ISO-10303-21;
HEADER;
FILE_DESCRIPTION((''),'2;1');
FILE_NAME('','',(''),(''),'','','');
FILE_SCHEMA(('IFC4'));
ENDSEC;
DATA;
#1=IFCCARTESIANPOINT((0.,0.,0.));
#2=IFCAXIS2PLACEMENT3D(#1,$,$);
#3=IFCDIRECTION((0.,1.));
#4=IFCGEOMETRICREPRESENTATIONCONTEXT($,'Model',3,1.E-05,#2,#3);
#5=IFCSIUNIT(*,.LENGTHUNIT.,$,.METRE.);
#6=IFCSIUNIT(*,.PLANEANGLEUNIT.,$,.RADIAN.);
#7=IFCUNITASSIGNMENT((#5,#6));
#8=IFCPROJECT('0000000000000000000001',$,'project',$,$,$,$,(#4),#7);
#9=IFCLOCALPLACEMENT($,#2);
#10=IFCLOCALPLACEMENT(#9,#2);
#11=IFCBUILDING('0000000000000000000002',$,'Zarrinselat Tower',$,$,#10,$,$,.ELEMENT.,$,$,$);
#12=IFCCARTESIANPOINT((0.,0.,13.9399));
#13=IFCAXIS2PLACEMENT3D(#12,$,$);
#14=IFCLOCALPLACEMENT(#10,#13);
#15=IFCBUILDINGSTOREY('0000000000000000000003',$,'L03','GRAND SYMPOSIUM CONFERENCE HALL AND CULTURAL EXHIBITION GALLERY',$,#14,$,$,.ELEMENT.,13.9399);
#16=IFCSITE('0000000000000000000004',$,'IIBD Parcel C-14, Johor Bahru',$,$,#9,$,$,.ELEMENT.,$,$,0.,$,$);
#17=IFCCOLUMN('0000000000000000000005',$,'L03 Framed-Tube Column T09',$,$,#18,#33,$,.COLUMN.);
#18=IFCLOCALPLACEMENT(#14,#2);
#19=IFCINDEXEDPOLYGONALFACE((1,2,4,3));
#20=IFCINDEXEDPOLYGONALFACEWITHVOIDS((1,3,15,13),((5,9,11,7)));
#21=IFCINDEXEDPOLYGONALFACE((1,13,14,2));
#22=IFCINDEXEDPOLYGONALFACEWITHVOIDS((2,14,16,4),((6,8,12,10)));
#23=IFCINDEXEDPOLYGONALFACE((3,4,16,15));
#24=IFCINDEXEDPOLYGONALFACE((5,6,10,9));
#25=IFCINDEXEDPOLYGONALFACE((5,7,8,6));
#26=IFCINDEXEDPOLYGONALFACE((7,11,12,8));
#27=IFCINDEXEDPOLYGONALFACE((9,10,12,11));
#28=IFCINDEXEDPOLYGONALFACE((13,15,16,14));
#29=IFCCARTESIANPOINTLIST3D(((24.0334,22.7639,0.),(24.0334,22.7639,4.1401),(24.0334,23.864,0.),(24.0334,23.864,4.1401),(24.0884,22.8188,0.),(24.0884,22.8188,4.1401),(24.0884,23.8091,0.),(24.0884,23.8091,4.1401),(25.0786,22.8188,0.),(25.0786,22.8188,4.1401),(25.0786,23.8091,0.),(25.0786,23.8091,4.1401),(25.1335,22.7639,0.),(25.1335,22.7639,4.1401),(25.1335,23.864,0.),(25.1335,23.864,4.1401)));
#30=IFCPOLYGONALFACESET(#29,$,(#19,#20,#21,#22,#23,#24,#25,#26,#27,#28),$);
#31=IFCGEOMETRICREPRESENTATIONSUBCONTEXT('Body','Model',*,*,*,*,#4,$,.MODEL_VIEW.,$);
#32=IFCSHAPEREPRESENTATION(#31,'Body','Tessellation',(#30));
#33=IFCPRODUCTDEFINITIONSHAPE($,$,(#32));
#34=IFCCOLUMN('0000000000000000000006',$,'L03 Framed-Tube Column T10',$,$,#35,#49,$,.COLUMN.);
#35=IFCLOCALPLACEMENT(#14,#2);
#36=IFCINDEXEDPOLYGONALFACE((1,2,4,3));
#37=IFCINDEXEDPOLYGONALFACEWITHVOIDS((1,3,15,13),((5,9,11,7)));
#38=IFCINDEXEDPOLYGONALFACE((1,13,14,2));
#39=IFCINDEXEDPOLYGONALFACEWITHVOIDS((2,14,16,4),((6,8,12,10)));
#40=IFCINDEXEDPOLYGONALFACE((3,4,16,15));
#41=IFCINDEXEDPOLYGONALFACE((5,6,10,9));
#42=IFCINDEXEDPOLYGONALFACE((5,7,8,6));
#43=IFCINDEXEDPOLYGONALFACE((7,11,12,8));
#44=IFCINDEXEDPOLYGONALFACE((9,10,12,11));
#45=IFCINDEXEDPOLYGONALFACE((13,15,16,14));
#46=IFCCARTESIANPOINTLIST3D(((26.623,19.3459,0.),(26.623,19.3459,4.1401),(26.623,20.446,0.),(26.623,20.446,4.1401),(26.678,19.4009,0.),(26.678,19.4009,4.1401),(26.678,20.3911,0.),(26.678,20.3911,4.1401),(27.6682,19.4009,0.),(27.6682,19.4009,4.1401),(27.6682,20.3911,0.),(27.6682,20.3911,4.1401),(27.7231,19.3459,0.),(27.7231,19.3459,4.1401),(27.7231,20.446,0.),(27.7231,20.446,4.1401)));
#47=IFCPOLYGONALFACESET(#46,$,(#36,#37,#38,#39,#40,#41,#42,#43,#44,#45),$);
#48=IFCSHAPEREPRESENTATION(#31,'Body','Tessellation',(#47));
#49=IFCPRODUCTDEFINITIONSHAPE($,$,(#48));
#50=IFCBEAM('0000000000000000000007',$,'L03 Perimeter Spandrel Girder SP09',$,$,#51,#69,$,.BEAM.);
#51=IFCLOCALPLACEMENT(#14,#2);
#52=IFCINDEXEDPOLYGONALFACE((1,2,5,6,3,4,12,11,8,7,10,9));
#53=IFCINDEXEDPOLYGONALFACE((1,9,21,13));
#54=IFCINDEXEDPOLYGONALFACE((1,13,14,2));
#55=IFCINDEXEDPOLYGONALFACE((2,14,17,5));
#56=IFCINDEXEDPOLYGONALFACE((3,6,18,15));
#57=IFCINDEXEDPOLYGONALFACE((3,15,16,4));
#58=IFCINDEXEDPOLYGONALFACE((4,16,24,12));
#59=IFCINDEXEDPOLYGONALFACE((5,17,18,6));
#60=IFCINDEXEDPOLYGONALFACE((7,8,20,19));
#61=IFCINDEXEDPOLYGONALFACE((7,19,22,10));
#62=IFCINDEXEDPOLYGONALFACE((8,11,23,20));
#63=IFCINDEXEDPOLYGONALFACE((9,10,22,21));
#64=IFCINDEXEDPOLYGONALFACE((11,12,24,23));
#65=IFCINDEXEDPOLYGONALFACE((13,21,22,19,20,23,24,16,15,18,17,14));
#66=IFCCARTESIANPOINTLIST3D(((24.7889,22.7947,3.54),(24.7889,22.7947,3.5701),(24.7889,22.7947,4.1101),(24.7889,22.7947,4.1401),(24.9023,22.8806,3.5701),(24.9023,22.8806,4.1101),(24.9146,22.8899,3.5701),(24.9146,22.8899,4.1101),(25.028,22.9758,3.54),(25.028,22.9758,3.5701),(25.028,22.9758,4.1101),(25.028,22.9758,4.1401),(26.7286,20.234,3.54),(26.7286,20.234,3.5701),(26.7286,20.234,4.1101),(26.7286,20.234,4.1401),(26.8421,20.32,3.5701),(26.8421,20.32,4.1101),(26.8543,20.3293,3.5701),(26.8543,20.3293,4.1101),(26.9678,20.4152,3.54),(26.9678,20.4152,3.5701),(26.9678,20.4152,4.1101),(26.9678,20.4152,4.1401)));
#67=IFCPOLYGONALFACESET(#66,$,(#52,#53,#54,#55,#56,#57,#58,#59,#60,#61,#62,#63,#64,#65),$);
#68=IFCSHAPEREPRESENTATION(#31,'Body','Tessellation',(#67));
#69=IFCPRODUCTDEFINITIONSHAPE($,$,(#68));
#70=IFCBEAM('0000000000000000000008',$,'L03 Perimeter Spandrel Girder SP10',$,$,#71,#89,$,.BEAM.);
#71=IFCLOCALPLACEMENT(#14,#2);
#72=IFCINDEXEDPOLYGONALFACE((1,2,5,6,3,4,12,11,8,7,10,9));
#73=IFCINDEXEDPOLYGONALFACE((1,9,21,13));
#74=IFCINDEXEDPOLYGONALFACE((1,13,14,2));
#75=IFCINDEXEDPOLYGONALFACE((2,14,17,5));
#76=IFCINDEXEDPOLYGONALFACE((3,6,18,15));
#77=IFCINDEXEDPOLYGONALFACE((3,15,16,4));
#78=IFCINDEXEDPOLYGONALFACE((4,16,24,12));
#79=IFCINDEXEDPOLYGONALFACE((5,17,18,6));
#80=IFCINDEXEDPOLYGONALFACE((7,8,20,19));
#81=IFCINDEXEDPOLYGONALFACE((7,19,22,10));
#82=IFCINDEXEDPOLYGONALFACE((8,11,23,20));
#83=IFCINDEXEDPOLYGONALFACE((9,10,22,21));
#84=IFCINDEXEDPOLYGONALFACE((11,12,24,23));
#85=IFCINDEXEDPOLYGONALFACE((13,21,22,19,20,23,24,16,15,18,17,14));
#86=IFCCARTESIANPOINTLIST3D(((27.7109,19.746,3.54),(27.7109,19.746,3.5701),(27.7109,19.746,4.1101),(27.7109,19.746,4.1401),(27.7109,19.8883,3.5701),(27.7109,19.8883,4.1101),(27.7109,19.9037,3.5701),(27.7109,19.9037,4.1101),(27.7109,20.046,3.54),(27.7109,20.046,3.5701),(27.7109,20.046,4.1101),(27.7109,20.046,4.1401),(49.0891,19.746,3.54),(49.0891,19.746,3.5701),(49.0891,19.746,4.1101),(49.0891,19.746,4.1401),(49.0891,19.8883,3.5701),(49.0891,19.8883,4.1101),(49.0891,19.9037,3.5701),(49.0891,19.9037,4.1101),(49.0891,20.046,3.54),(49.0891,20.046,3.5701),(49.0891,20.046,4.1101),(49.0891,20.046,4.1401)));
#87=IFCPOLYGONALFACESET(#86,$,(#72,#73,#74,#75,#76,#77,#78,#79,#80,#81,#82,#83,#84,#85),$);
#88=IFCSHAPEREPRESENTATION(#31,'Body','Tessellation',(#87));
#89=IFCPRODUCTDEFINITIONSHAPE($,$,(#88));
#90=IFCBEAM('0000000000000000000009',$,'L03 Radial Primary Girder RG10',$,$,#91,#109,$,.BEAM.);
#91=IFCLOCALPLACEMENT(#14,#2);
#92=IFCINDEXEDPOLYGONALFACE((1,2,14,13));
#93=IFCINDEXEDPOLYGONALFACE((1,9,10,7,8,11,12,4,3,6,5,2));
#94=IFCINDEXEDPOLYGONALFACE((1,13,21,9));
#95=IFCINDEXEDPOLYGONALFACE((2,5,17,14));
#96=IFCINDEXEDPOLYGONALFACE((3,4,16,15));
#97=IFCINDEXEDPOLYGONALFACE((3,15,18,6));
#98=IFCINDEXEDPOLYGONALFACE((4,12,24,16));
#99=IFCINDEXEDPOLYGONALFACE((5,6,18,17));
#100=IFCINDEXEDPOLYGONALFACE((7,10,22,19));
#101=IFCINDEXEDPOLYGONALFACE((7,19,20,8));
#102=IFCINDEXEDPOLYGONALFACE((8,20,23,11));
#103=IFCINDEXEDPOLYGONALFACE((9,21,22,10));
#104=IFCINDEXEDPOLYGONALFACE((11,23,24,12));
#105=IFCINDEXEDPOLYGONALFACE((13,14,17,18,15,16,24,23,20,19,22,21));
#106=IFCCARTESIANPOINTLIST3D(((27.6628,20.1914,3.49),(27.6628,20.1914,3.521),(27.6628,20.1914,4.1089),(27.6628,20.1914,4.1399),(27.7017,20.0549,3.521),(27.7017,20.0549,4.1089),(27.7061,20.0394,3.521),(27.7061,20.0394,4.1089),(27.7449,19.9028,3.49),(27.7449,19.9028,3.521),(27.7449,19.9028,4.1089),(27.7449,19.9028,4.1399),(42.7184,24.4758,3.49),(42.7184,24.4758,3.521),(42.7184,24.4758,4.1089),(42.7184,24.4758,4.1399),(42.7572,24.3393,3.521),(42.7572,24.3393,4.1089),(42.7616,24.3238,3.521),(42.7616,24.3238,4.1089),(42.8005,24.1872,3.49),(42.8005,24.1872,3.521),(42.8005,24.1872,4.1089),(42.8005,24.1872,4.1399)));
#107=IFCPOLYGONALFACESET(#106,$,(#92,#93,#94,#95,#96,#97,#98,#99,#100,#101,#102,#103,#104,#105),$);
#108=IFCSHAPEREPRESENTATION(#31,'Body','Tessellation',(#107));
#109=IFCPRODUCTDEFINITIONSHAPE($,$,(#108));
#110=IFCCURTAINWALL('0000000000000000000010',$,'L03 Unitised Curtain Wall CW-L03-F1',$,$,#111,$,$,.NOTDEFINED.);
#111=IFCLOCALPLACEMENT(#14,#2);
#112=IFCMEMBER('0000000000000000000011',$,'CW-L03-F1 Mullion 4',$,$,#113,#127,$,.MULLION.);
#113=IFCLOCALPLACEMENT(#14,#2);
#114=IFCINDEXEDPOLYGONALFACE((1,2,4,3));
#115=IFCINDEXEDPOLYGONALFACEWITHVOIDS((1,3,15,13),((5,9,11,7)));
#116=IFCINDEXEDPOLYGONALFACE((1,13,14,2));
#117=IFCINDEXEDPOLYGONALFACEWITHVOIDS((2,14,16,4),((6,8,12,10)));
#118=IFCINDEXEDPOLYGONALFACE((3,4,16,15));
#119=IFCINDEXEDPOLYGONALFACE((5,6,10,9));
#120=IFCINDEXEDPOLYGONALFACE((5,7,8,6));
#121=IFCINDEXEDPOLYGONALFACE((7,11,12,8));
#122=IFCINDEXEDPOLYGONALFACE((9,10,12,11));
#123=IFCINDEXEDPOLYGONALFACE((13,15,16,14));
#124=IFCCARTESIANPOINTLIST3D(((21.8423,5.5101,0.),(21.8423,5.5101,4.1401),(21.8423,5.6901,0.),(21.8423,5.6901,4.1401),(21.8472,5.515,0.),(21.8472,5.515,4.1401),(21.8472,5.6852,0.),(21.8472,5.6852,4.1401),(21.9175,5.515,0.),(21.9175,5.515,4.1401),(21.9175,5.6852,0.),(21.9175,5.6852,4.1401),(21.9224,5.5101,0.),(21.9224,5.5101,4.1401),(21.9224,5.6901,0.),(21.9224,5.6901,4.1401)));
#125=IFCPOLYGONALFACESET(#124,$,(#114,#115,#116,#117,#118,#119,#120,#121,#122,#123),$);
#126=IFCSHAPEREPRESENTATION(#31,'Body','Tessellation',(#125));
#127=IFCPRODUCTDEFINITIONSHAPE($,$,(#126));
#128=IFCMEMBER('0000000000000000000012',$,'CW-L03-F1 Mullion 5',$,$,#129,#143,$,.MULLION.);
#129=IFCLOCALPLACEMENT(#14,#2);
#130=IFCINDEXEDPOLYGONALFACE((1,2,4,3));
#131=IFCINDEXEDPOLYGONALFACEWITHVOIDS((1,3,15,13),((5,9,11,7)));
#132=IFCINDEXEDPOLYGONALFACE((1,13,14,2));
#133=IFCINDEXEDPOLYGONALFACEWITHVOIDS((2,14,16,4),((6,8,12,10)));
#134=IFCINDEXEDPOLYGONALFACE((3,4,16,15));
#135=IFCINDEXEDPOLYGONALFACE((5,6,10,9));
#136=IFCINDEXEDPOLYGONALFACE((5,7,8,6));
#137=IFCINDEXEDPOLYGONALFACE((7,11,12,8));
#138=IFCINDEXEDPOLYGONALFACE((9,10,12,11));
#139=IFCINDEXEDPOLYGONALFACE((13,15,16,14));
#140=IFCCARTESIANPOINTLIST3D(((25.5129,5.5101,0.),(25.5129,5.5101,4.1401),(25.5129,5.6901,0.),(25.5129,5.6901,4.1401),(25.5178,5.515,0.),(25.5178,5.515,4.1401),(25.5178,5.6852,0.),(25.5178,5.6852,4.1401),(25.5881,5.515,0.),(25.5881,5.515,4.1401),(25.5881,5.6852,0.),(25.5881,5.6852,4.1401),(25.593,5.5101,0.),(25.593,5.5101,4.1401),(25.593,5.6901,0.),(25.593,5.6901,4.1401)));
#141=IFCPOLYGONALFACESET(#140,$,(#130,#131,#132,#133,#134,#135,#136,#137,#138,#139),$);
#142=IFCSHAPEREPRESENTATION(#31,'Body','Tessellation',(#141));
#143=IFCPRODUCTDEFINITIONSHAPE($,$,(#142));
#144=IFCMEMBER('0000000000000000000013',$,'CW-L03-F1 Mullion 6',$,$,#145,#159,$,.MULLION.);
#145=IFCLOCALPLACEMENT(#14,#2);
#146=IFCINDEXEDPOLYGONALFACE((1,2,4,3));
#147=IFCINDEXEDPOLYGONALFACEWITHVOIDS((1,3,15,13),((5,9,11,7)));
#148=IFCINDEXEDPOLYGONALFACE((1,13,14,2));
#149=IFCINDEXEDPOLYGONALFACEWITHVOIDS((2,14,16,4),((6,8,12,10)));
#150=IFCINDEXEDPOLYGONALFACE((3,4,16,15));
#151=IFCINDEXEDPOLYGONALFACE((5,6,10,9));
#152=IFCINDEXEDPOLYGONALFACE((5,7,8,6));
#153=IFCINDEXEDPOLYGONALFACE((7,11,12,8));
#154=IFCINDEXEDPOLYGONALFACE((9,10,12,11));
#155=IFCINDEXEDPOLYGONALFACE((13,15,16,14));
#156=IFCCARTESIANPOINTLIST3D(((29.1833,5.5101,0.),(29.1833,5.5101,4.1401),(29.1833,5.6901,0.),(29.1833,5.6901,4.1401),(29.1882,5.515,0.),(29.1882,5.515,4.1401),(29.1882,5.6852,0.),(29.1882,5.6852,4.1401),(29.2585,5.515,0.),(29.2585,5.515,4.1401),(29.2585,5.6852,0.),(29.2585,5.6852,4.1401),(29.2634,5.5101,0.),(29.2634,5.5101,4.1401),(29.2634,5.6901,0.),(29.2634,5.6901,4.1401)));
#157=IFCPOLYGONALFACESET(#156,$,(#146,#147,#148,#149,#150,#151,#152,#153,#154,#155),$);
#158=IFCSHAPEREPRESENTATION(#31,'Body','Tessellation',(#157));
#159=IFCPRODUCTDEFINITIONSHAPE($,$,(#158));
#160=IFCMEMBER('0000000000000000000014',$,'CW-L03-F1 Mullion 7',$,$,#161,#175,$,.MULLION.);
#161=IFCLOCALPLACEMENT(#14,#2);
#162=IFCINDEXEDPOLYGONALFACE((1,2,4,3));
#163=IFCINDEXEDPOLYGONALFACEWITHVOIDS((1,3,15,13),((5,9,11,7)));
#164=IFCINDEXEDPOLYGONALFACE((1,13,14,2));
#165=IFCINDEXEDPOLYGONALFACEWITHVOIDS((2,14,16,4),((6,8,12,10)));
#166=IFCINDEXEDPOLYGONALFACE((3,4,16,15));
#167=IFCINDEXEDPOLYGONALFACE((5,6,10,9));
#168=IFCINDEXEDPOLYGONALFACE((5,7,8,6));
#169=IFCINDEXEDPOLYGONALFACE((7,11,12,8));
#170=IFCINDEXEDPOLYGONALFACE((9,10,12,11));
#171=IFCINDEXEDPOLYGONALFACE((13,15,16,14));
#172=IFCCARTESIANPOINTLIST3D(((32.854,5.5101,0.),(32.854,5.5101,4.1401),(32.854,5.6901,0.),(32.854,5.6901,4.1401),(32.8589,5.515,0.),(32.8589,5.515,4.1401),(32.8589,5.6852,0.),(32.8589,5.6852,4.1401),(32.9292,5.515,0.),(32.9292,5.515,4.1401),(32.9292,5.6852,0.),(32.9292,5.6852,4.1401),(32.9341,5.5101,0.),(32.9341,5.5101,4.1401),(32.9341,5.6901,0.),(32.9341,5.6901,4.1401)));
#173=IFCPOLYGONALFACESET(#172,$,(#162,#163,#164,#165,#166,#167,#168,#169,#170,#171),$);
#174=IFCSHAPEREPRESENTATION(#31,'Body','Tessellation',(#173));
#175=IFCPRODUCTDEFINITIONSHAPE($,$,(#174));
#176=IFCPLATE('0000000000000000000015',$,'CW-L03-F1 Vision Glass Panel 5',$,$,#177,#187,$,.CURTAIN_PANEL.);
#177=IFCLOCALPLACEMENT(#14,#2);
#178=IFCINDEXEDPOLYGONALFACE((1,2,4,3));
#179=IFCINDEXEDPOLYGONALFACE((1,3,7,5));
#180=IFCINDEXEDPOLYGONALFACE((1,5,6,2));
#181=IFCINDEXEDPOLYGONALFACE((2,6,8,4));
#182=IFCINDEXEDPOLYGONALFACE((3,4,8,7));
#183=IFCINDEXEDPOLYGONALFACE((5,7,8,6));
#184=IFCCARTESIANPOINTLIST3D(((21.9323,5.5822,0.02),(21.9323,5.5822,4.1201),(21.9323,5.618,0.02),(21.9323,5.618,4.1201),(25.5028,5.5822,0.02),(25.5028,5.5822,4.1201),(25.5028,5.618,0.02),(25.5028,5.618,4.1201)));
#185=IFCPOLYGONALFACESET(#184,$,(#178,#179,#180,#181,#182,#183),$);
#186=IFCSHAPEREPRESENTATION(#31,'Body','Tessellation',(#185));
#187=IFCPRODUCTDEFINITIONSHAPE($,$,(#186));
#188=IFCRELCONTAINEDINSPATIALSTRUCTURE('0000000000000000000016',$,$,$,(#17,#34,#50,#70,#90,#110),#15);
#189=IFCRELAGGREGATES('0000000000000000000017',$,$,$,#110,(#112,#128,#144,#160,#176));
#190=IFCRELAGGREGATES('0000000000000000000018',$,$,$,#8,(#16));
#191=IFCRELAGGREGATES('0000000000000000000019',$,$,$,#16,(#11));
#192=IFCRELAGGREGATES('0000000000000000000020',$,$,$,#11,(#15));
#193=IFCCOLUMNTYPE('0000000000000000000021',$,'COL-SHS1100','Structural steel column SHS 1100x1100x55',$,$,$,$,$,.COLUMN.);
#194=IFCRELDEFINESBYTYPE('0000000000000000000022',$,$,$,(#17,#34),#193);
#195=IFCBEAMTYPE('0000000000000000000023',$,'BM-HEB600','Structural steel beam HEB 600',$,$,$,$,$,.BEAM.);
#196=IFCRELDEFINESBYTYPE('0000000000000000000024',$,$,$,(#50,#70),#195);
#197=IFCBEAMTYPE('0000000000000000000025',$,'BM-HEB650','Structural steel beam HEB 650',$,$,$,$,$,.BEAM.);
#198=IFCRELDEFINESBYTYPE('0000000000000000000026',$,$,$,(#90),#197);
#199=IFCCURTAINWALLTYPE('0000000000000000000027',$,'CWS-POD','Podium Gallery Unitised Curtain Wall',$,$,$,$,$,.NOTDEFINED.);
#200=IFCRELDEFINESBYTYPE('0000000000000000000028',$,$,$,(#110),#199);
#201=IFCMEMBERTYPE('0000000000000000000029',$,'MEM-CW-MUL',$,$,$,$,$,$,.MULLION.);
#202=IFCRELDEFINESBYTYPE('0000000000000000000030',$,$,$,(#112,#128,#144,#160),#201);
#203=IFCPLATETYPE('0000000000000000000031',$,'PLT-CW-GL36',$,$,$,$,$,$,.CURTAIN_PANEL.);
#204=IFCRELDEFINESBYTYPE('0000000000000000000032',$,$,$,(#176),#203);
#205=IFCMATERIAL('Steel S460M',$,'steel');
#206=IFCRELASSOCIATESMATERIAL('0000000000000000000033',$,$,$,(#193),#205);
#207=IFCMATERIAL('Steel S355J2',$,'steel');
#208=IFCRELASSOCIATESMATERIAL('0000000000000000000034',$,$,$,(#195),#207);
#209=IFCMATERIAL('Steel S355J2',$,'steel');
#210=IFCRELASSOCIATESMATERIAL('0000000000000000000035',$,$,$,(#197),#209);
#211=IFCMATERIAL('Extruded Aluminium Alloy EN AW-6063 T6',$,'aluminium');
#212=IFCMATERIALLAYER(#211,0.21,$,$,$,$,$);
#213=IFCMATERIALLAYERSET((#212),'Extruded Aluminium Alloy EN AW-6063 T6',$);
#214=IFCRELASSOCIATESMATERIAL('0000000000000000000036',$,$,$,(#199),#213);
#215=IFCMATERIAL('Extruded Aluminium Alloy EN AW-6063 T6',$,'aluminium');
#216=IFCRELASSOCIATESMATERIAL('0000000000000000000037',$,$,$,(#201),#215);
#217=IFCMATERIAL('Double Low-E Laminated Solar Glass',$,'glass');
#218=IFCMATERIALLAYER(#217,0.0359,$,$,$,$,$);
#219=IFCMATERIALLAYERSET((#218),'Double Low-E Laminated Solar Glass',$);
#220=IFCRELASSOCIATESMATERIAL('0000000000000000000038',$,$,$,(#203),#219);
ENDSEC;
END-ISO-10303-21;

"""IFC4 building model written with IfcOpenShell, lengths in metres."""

from ifc_helpers import new_model, si_unit, direction, frame, origin, origin_2d, place, context, subcontext, project, spatial, rectangle, hollow_rectangle, i_section, extrude, material, layer, layer_set, material_profile, profile_set, type_object, element, aggregate, save


model = new_model("IFC4")

# Units and contexts
model_context = context("Model", 3, precision=1e-05, world=origin(), true_north=direction((0.0, 1.0)))
body_context = subcontext(model_context, "Body", "Model", "MODEL_VIEW")
ifc_project = project(units=[si_unit("LENGTHUNIT", "METRE"), si_unit("PLANEANGLEUNIT", "RADIAN")], contexts=[model_context])

# Site, building, storey
site_placement = place(None, origin())
site = spatial("IfcSite", under=ifc_project, at=site_placement, Name="IIBD Parcel C-14, Johor Bahru", CompositionType="ELEMENT", RefElevation=0.0)
building_placement = place(site_placement, origin())
building = spatial("IfcBuilding", under=site, at=building_placement, Name="Zarrinselat Tower", CompositionType="ELEMENT")
storey_placement = place(building_placement, frame((0.0, 0.0, 13.9399)))
storey = spatial("IfcBuildingStorey", under=building, at=storey_placement, Name="L03", Description="GRAND SYMPOSIUM CONFERENCE HALL AND CULTURAL EXHIBITION GALLERY", CompositionType="ELEMENT", Elevation=13.9399)

# Columns
ifc_material_1 = material(Name="Steel S460M", Category="steel")
ifc_material_profile_1 = material_profile(ifc_material_1, hollow_rectangle(XDim=1.1001, YDim=1.1001, WallThickness=0.0549, at=origin_2d()), Name="SHS 1100x1100x55")
ifc_profile_set_1 = profile_set([ifc_material_profile_1], Name="Steel S460M")
column_type = type_object("IfcColumnType", Name="COL-SHS1100", Description="Structural steel column SHS 1100x1100x55", PredefinedType="COLUMN", material=ifc_profile_set_1)
for number, where, z_axis, x_axis, name in (
    (1, (24.5835, 23.314, 0.0), (0.0, 0.0, 1.0), (1.0, 0.0, 0.0), "L03 Framed-Tube Column T09"),
    (2, (27.1731, 19.896, 0.0), (0.0, 0.0, 1.0), (1.0, 0.0, 0.0), "L03 Framed-Tube Column T10"),
):
    element("IfcColumn", number, at=place(storey_placement, frame(where, z_axis=z_axis, x_axis=x_axis)), inside=storey, type_object=column_type, Name=name, PredefinedType="COLUMN", context=body_context, shape_type="SweptSolid", body=[
        extrude(hollow_rectangle(XDim=1.1001, YDim=1.1001, WallThickness=0.0549, at=origin_2d()), origin(), (0.0, 0.0, 1.0), 4.1401),
    ])

# Beams
ifc_material_2 = material(Name="Steel S355J2", Category="steel")
ifc_material_profile_2 = material_profile(ifc_material_2, i_section(OverallWidth=0.3, OverallDepth=0.6001, WebThickness=0.0154, FlangeThickness=0.03, at=origin_2d()), Name="HEB 600")
ifc_profile_set_2 = profile_set([ifc_material_profile_2], Name="Steel S355J2")
beam_type_1 = type_object("IfcBeamType", Name="BM-HEB600", Description="Structural steel beam HEB 600", PredefinedType="BEAM", material=ifc_profile_set_2)
beam_1_placement = place(storey_placement, frame((24.9084, 22.8853, 3.8401), z_axis=(0.603836, -0.797109, 0.0), x_axis=(0.797109, 0.603836, 0.0)))
element("IfcBeam", 3, at=beam_1_placement, inside=storey, type_object=beam_type_1, Name="L03 Perimeter Spandrel Girder SP09", PredefinedType="BEAM", context=body_context, shape_type="SweptSolid", body=[
    extrude(i_section(OverallWidth=0.3, OverallDepth=0.6001, WebThickness=0.0154, FlangeThickness=0.03, at=origin_2d()), origin(), (0.0, 0.0, 1.0), 3.2124),
])
beam_2_placement = place(storey_placement, frame((27.7109, 19.896, 3.8401), z_axis=(1.0, 0.0, 0.0), x_axis=(0.0, 1.0, 0.0)))
element("IfcBeam", 4, at=beam_2_placement, inside=storey, type_object=beam_type_1, Name="L03 Perimeter Spandrel Girder SP10", PredefinedType="BEAM", context=body_context, shape_type="SweptSolid", body=[
    extrude(i_section(OverallWidth=0.3, OverallDepth=0.6001, WebThickness=0.0154, FlangeThickness=0.03, at=origin_2d()), origin(), (0.0, 0.0, 1.0), 21.3782),
])
ifc_material_3 = material(Name="Steel S355J2", Category="steel")
ifc_material_profile_3 = material_profile(ifc_material_3, i_section(OverallWidth=0.3, OverallDepth=0.6499, WebThickness=0.0161, FlangeThickness=0.031, at=origin_2d()), Name="HEB 650")
ifc_profile_set_3 = profile_set([ifc_material_profile_3], Name="Steel S355J2")
beam_type_2 = type_object("IfcBeamType", Name="BM-HEB650", Description="Structural steel beam HEB 650", PredefinedType="BEAM", material=ifc_profile_set_3)
beam_3_placement = place(storey_placement, frame((27.7039, 20.0471, 3.8149), z_axis=(0.961814, 0.273705, 0.0), x_axis=(-0.273705, 0.961814, 0.0)))
element("IfcBeam", 5, at=beam_3_placement, inside=storey, type_object=beam_type_2, Name="L03 Radial Primary Girder RG10", PredefinedType="BEAM", context=body_context, shape_type="SweptSolid", body=[
    extrude(i_section(OverallWidth=0.3, OverallDepth=0.6499, WebThickness=0.0161, FlangeThickness=0.031, at=origin_2d()), origin(), (0.0, 0.0, 1.0), 15.6533),
])

# Curtain wall, members, plate
ifc_material_4 = material(Name="Extruded Aluminium Alloy EN AW-6063 T6", Category="aluminium")
ifc_layer_1 = layer(ifc_material_4, 0.21)
ifc_layer_set_1 = layer_set([ifc_layer_1], Name="Extruded Aluminium Alloy EN AW-6063 T6")
curtain_wall_type = type_object("IfcCurtainWallType", Name="CWS-POD", Description="Podium Gallery Unitised Curtain Wall", PredefinedType="NOTDEFINED", material=ifc_layer_set_1)
curtain_wall_placement = place(storey_placement, origin())
curtain_wall = element("IfcCurtainWall", 6, at=curtain_wall_placement, inside=storey, type_object=curtain_wall_type, Name="L03 Unitised Curtain Wall CW-L03-F1", PredefinedType="NOTDEFINED")
ifc_material_5 = material(Name="Extruded Aluminium Alloy EN AW-6063 T6", Category="aluminium")
ifc_material_profile_4 = material_profile(ifc_material_5, hollow_rectangle(XDim=0.0801, YDim=0.1799, WallThickness=0.0049, at=origin_2d()), Name="RHS 180x80x5")
ifc_profile_set_4 = profile_set([ifc_material_profile_4], Name="Extruded Aluminium Alloy EN AW-6063 T6")
member_type = type_object("IfcMemberType", Name="MEM-CW-MUL", PredefinedType="MULLION", material=ifc_profile_set_4)
member_1_placement = place(storey_placement, frame((21.8823, 5.6001, 0.0), z_axis=(0.0, 0.0, 1.0), x_axis=(1.0, 0.0, 0.0)))
member_1 = element("IfcMember", 7, at=member_1_placement, type_object=member_type, Name="CW-L03-F1 Mullion 4", PredefinedType="MULLION", context=body_context, shape_type="SweptSolid", body=[
    extrude(hollow_rectangle(XDim=0.0801, YDim=0.1799, WallThickness=0.0049, at=origin_2d()), origin(), (0.0, 0.0, 1.0), 4.1401),
])
member_2_placement = place(storey_placement, frame((25.553, 5.6001, 0.0), z_axis=(0.0, 0.0, 1.0), x_axis=(1.0, 0.0, 0.0)))
member_2 = element("IfcMember", 8, at=member_2_placement, type_object=member_type, Name="CW-L03-F1 Mullion 5", PredefinedType="MULLION", context=body_context, shape_type="SweptSolid", body=[
    extrude(hollow_rectangle(XDim=0.0801, YDim=0.1799, WallThickness=0.0049, at=origin_2d()), origin(), (0.0, 0.0, 1.0), 4.1401),
])
member_3_placement = place(storey_placement, frame((29.2234, 5.6001, 0.0), z_axis=(0.0, 0.0, 1.0), x_axis=(1.0, 0.0, 0.0)))
member_3 = element("IfcMember", 9, at=member_3_placement, type_object=member_type, Name="CW-L03-F1 Mullion 6", PredefinedType="MULLION", context=body_context, shape_type="SweptSolid", body=[
    extrude(hollow_rectangle(XDim=0.0801, YDim=0.1799, WallThickness=0.0049, at=origin_2d()), origin(), (0.0, 0.0, 1.0), 4.1401),
])
member_4_placement = place(storey_placement, frame((32.894, 5.6001, 0.0), z_axis=(0.0, 0.0, 1.0), x_axis=(1.0, 0.0, 0.0)))
member_4 = element("IfcMember", 10, at=member_4_placement, type_object=member_type, Name="CW-L03-F1 Mullion 7", PredefinedType="MULLION", context=body_context, shape_type="SweptSolid", body=[
    extrude(hollow_rectangle(XDim=0.0801, YDim=0.1799, WallThickness=0.0049, at=origin_2d()), origin(), (0.0, 0.0, 1.0), 4.1401),
])
ifc_material_6 = material(Name="Double Low-E Laminated Solar Glass", Category="glass")
ifc_layer_2 = layer(ifc_material_6, 0.0359)
ifc_layer_set_2 = layer_set([ifc_layer_2], Name="Double Low-E Laminated Solar Glass")
plate_type = type_object("IfcPlateType", Name="PLT-CW-GL36", PredefinedType="CURTAIN_PANEL", material=ifc_layer_set_2)
plate_1_placement = place(storey_placement, frame((23.7175, 5.6001, 0.02), z_axis=(0.0, 0.0, 1.0), x_axis=(1.0, 0.0, 0.0)))
plate_1 = element("IfcPlate", 11, at=plate_1_placement, type_object=plate_type, Name="CW-L03-F1 Vision Glass Panel 5", PredefinedType="CURTAIN_PANEL", context=body_context, shape_type="SweptSolid", body=[
    extrude(rectangle(XDim=3.5706, YDim=0.0359, at=origin_2d()), origin(), (0.0, 0.0, 1.0), 4.1001),
])
aggregate(curtain_wall, [member_1, member_2, member_3, member_4, plate_1])

save(model, "model.ifc")
